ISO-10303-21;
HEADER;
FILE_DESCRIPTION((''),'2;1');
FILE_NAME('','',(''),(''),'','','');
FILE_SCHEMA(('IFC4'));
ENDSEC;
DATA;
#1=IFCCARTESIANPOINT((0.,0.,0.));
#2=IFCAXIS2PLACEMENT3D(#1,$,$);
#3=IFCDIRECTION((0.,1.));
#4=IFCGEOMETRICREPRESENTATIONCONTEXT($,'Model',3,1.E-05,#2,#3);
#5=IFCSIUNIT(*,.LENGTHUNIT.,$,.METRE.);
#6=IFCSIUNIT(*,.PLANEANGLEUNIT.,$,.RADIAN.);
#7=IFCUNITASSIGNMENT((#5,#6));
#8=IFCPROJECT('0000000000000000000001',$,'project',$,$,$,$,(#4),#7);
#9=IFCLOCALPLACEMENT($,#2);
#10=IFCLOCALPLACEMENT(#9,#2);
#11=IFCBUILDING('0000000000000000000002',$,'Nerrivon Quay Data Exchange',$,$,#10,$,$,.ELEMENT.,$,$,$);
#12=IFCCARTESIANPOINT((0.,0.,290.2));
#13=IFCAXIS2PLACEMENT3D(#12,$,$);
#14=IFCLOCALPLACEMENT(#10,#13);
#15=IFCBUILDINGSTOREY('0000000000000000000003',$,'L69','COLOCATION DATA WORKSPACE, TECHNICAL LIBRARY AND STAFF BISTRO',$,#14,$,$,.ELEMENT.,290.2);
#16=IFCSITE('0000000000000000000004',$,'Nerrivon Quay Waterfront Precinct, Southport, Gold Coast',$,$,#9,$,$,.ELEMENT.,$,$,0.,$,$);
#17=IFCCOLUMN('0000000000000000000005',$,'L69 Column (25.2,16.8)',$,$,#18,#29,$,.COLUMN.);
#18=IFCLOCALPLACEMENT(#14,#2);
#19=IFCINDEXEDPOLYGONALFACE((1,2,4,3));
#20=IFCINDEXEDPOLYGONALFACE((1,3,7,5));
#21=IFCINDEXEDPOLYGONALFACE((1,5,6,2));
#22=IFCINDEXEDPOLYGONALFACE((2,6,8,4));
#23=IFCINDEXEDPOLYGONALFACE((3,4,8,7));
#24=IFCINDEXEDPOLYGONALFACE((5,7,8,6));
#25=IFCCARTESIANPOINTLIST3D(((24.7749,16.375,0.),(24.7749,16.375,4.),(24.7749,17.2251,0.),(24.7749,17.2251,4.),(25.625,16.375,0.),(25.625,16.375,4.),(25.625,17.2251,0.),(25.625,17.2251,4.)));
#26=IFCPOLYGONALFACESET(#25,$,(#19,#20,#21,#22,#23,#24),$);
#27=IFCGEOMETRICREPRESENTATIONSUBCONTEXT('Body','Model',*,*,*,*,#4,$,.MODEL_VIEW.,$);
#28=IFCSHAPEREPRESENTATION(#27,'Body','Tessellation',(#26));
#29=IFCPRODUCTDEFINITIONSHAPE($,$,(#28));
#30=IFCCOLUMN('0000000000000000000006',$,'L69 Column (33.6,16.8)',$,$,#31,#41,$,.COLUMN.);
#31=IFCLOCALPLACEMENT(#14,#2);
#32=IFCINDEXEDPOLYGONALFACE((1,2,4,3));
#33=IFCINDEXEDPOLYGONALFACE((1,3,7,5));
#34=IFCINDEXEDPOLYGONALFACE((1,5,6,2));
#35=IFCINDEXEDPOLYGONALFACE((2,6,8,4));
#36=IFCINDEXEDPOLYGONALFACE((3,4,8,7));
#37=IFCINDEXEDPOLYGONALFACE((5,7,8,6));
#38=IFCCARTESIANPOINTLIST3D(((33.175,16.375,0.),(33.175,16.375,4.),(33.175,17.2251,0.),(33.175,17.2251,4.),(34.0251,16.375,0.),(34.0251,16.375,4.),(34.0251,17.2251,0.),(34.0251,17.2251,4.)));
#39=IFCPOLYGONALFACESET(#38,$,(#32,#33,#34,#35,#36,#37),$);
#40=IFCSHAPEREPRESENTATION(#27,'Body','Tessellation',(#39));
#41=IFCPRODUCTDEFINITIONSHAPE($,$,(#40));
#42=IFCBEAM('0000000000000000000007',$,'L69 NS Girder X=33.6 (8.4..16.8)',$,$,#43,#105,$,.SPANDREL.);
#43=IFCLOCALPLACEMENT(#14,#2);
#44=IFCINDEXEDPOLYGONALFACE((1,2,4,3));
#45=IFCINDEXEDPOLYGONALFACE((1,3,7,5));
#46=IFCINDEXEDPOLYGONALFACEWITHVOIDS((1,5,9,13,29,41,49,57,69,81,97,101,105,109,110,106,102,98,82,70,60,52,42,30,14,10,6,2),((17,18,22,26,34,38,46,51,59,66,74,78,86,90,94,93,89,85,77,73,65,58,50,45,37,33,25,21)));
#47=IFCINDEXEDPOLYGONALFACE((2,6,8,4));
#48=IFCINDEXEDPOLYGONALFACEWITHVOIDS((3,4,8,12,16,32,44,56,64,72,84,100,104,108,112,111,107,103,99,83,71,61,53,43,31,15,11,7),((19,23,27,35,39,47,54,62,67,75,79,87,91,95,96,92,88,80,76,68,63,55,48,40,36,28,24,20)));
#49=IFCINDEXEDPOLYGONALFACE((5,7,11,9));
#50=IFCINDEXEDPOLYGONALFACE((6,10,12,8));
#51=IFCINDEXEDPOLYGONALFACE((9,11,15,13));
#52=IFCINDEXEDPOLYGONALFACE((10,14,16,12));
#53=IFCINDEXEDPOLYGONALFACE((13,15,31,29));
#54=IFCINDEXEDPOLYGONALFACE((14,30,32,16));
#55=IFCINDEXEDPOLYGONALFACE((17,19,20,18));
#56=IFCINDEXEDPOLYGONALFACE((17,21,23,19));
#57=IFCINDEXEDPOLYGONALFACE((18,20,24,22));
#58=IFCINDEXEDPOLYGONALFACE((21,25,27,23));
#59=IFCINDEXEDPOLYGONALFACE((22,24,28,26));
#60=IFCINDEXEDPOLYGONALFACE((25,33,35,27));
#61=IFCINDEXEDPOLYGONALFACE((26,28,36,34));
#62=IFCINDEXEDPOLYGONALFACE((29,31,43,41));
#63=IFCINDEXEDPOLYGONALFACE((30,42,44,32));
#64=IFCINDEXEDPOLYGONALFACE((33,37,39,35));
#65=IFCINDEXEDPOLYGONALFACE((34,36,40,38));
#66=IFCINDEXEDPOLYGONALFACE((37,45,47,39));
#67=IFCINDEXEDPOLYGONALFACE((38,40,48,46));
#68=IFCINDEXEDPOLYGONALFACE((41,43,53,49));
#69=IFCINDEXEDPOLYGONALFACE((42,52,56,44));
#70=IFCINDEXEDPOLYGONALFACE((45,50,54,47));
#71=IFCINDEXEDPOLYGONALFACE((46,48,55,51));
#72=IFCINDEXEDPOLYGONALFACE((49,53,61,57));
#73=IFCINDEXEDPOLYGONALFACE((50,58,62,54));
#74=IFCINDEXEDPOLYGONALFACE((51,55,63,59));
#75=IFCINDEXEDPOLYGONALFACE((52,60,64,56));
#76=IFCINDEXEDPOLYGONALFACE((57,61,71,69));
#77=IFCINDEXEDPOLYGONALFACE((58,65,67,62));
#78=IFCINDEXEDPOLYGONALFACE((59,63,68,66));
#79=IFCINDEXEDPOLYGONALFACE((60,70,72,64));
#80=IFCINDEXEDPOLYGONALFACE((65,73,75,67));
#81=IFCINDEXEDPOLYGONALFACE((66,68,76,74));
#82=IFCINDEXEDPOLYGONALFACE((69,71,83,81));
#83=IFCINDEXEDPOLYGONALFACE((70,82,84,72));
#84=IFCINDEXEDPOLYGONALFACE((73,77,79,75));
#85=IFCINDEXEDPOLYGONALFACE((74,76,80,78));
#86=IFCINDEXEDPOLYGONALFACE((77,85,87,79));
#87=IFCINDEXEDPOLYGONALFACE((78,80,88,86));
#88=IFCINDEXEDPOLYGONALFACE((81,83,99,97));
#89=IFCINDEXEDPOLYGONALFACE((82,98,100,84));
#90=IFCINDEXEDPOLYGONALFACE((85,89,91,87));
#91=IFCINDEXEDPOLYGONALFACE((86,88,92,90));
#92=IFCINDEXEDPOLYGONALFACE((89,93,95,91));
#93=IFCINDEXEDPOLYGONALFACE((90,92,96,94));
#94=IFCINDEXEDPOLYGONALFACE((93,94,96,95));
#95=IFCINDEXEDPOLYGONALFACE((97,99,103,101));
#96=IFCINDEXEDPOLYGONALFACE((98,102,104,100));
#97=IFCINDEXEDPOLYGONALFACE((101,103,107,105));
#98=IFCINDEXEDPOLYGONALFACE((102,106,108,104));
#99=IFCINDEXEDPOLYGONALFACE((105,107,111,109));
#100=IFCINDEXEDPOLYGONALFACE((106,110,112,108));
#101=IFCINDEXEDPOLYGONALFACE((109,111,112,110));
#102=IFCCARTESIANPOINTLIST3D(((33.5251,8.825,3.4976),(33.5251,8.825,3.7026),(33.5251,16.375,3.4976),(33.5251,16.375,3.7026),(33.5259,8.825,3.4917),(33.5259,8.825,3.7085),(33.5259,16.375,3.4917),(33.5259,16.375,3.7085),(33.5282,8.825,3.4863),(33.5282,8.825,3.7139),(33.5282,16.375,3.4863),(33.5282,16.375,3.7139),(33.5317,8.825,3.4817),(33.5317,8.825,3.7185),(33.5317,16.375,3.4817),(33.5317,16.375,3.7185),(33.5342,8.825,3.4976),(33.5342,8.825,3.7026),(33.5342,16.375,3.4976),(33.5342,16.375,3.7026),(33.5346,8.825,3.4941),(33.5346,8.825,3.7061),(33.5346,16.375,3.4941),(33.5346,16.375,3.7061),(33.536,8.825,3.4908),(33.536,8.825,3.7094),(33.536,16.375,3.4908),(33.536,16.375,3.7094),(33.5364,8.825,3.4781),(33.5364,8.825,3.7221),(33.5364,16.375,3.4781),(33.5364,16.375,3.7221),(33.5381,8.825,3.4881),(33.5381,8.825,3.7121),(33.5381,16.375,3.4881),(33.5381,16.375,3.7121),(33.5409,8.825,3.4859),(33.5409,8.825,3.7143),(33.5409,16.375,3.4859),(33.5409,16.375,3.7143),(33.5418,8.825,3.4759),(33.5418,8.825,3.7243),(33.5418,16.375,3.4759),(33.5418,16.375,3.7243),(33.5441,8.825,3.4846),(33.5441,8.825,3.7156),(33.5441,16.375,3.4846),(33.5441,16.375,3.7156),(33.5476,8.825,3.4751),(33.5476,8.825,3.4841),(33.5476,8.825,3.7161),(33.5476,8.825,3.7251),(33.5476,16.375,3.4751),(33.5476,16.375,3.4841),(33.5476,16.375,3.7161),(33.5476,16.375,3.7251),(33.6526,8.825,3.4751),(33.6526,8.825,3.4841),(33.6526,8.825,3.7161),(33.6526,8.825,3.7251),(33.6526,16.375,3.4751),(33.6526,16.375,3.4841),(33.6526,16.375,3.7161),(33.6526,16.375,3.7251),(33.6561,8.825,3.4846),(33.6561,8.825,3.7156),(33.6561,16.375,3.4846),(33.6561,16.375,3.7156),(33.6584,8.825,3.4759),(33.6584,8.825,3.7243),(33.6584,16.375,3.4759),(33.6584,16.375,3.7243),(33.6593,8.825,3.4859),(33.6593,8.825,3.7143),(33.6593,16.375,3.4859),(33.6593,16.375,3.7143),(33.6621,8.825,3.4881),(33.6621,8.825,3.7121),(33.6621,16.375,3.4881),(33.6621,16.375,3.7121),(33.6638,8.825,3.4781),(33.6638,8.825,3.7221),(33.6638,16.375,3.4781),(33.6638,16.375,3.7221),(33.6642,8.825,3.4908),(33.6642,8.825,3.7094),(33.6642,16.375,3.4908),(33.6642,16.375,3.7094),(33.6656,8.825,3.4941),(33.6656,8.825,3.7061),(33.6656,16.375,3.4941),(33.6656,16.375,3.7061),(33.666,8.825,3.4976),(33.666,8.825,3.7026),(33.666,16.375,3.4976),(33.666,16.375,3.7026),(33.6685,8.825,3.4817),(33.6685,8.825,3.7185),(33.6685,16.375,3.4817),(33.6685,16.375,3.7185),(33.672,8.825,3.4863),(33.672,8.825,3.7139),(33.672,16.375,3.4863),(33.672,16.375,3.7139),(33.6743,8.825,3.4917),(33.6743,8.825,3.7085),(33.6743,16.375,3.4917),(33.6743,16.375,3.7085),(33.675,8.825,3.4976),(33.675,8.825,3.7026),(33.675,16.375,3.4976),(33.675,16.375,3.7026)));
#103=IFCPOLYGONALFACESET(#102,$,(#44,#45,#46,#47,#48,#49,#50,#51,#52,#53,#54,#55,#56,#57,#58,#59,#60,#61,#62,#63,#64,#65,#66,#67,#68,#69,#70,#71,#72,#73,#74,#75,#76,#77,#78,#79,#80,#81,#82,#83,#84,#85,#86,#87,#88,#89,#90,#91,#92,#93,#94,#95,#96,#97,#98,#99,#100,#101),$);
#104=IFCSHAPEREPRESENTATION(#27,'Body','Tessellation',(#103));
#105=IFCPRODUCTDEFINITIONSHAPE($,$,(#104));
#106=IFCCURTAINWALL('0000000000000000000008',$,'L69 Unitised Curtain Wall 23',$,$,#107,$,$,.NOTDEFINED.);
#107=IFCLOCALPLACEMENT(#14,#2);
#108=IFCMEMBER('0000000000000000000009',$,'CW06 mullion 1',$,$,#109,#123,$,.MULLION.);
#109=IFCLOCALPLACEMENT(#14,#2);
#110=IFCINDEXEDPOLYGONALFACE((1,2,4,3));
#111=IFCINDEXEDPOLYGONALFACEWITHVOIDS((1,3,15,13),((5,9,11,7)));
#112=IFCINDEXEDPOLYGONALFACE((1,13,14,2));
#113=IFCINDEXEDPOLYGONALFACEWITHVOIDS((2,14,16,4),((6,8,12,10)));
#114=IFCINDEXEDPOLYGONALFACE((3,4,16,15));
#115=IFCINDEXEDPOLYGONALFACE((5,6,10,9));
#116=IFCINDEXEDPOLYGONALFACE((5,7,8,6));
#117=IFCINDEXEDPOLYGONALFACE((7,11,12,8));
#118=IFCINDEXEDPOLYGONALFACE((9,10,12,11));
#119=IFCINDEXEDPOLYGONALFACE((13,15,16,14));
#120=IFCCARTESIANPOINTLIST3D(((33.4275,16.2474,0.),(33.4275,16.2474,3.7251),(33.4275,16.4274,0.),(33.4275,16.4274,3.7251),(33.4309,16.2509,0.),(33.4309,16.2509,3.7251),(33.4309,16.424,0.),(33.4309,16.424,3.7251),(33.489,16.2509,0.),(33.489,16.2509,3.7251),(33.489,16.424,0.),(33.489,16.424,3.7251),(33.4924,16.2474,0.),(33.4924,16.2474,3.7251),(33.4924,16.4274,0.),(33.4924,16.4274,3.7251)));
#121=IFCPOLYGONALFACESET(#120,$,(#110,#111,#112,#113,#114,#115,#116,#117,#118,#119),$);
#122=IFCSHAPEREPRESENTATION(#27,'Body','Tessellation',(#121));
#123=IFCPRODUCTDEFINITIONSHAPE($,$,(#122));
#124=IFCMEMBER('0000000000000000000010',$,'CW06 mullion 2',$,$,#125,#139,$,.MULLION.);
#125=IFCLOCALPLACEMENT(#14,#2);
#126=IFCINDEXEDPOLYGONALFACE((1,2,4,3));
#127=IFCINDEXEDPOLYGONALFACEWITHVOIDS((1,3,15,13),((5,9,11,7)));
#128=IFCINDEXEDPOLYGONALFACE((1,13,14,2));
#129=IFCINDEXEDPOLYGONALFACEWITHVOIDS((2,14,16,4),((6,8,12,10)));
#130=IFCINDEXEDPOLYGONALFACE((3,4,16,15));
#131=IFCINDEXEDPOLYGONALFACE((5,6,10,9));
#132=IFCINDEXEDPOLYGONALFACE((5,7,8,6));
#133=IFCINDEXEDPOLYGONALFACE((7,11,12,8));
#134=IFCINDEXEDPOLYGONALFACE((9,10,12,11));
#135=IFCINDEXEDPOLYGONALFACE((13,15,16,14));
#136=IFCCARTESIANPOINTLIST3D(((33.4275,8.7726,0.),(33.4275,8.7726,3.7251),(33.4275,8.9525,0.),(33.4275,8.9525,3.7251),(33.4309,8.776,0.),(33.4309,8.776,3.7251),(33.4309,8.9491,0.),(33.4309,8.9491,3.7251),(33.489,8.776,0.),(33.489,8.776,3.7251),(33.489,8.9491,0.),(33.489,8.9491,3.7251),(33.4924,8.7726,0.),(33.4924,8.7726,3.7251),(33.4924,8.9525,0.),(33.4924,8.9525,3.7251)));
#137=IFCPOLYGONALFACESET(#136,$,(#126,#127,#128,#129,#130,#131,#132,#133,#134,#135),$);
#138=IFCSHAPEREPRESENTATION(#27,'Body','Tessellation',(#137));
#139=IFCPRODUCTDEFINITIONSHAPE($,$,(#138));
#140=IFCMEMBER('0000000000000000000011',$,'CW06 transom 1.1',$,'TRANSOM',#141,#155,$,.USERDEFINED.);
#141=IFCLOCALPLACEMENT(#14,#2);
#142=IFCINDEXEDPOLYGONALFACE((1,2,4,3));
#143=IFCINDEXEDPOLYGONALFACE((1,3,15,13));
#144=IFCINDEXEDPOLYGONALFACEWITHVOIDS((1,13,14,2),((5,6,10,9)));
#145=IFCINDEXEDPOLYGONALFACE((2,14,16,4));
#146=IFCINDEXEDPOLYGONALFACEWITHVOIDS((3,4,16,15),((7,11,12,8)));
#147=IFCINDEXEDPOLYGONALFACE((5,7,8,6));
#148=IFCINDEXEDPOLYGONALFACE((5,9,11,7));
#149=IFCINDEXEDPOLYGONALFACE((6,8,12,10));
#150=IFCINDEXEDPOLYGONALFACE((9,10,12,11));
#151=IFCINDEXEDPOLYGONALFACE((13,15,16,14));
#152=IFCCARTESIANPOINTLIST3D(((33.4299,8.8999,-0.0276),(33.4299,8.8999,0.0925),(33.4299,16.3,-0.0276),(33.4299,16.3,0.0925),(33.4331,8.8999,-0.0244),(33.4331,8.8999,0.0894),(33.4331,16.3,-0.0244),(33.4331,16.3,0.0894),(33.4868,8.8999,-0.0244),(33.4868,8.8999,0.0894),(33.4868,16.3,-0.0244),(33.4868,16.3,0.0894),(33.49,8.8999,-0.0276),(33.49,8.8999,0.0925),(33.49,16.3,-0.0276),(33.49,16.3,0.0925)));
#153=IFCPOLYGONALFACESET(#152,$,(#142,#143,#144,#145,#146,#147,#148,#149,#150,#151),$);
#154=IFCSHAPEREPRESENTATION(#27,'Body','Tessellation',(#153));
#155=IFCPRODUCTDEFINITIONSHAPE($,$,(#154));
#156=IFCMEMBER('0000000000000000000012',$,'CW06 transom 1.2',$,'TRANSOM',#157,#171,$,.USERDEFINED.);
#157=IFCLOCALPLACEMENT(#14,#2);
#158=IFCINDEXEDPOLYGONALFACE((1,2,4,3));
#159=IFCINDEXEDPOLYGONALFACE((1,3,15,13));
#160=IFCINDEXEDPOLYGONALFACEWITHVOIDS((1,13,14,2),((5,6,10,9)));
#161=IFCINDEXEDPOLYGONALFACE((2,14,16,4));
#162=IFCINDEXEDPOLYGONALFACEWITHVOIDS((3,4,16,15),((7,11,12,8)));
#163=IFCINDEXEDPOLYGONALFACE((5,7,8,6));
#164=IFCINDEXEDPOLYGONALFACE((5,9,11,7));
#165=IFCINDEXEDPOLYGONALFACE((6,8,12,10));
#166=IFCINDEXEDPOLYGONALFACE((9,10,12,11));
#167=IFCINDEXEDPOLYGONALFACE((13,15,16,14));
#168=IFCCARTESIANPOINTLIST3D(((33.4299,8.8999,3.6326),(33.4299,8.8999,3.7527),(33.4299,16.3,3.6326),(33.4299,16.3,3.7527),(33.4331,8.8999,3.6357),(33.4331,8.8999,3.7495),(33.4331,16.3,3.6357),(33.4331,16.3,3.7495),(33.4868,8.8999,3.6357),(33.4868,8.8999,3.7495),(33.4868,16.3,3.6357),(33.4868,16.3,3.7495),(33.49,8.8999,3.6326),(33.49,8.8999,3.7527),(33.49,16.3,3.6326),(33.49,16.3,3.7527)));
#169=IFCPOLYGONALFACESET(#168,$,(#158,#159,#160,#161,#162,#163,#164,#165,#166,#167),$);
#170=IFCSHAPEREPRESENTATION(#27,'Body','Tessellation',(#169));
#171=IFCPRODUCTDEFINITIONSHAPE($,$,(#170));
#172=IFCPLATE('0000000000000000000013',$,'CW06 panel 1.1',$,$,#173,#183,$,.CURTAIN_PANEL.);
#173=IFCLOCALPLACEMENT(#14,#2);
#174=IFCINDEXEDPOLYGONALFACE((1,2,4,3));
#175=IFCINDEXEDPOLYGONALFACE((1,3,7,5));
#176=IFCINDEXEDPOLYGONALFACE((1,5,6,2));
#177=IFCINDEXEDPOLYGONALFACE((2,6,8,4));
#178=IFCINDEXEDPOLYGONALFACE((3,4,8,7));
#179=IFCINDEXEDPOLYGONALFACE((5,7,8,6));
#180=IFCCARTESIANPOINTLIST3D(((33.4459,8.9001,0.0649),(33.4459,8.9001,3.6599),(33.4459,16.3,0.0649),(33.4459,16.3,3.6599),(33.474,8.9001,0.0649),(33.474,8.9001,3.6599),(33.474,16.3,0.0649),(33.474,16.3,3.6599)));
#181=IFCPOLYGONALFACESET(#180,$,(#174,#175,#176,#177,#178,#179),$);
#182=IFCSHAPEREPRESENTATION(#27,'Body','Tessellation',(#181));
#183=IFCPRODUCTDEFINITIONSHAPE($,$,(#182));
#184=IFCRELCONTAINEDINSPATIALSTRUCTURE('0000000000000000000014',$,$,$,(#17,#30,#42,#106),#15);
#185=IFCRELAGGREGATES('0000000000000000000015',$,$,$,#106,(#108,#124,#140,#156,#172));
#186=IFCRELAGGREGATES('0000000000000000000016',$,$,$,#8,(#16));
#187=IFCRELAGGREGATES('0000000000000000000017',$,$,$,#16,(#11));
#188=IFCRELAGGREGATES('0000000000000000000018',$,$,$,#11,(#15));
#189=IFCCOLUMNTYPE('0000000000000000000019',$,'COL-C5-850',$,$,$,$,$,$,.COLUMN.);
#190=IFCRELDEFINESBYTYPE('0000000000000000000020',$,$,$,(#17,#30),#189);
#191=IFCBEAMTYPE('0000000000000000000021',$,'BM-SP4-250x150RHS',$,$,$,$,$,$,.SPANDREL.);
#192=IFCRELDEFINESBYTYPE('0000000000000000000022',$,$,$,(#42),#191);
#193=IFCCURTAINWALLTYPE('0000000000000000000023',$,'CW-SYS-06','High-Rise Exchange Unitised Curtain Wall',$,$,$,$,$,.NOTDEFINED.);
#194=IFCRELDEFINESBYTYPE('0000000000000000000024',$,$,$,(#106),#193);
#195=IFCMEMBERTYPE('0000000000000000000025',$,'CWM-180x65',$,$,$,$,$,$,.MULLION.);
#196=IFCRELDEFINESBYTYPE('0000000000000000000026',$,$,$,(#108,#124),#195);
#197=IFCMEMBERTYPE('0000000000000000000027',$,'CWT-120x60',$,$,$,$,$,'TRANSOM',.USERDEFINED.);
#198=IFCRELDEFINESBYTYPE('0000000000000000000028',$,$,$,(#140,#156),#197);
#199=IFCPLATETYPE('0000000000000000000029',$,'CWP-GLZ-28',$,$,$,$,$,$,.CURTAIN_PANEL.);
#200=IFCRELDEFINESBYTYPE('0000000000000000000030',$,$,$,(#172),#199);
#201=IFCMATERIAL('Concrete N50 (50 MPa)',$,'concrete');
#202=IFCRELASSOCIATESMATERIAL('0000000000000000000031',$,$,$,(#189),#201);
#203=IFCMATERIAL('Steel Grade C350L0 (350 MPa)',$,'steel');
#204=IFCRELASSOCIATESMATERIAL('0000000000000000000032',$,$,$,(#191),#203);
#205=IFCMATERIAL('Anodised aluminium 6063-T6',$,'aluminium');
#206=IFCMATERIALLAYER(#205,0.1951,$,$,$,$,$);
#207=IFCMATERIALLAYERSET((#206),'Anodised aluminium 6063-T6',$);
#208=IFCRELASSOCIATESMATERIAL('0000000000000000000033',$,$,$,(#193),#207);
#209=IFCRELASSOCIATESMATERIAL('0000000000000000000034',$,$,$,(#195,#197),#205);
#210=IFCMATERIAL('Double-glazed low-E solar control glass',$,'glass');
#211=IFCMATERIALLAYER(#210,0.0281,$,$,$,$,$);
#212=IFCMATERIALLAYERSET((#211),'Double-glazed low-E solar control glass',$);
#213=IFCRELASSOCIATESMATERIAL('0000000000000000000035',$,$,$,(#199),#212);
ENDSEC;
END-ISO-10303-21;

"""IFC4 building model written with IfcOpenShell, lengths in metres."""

from ifc_helpers import new_model, si_unit, direction, frame, origin, origin_2d, place, context, subcontext, project, spatial, rectangle, hollow_rectangle, extrude, material, layer, layer_set, material_profile, profile_set, type_object, element, aggregate, save


model = new_model("IFC4")

# Units and contexts
model_context = context("Model", 3, precision=1e-05, world=origin(), true_north=direction((0.0, 1.0)))
body_context = subcontext(model_context, "Body", "Model", "MODEL_VIEW")
ifc_project = project(units=[si_unit("LENGTHUNIT", "METRE"), si_unit("PLANEANGLEUNIT", "RADIAN")], contexts=[model_context])

# Site, building, storey
site_placement = place(None, origin())
site = spatial("IfcSite", under=ifc_project, at=site_placement, Name="Nerrivon Quay Waterfront Precinct, Southport, Gold Coast", CompositionType="ELEMENT", RefElevation=0.0)
building_placement = place(site_placement, origin())
building = spatial("IfcBuilding", under=site, at=building_placement, Name="Nerrivon Quay Data Exchange", CompositionType="ELEMENT")
storey_placement = place(building_placement, frame((0.0, 0.0, 290.2)))
storey = spatial("IfcBuildingStorey", under=building, at=storey_placement, Name="L69", Description="COLOCATION DATA WORKSPACE, TECHNICAL LIBRARY AND STAFF BISTRO", CompositionType="ELEMENT", Elevation=290.2)

# Columns
ifc_material_1 = material(Name="Concrete N50 (50 MPa)", Category="concrete")
ifc_material_profile_1 = material_profile(ifc_material_1, rectangle(XDim=0.8501, YDim=0.8501, at=origin_2d()), Name="RC-COL-850x850")
ifc_profile_set_1 = profile_set([ifc_material_profile_1], Name="Concrete N50 (50 MPa)")
column_type = type_object("IfcColumnType", Name="COL-C5-850", PredefinedType="COLUMN", material=ifc_profile_set_1)
for number, where, z_axis, x_axis, name in (
    (1, (25.2, 16.8, 0.0), (0.0, 0.0, 1.0), (1.0, 0.0, 0.0), "L69 Column (25.2,16.8)"),
    (2, (33.6001, 16.8, 0.0), (0.0, 0.0, 1.0), (1.0, 0.0, 0.0), "L69 Column (33.6,16.8)"),
):
    element("IfcColumn", number, at=place(storey_placement, frame(where, z_axis=z_axis, x_axis=x_axis)), inside=storey, type_object=column_type, Name=name, PredefinedType="COLUMN", context=body_context, shape_type="SweptSolid", body=[
        extrude(rectangle(XDim=0.8501, YDim=0.8501, at=origin_2d()), origin(), (0.0, 0.0, 1.0), 4.0),
    ])

# Beam
ifc_material_2 = material(Name="Steel Grade C350L0 (350 MPa)", Category="steel")
ifc_material_profile_2 = material_profile(ifc_material_2, hollow_rectangle(XDim=0.1499, YDim=0.25, WallThickness=0.009, InnerFilletRadius=0.0134, OuterFilletRadius=0.0225, at=origin_2d()), Name="250x150x9.0RHS")
ifc_profile_set_2 = profile_set([ifc_material_profile_2], Name="Steel Grade C350L0 (350 MPa)")
beam_type = type_object("IfcBeamType", Name="BM-SP4-250x150RHS", PredefinedType="SPANDREL", material=ifc_profile_set_2)
beam_placement = place(storey_placement, frame((33.6001, 8.825, 3.6001), z_axis=(0.0, 1.0, 0.0), x_axis=(-1.0, 0.0, 0.0)))
element("IfcBeam", 3, at=beam_placement, inside=storey, type_object=beam_type, Name="L69 NS Girder X=33.6 (8.4..16.8)", PredefinedType="SPANDREL", context=body_context, shape_type="SweptSolid", body=[
    extrude(hollow_rectangle(XDim=0.1499, YDim=0.25, WallThickness=0.009, InnerFilletRadius=0.0134, OuterFilletRadius=0.0225, at=origin_2d()), origin(), (0.0, 0.0, 1.0), 7.55),
])

# Curtain wall, members, plate
ifc_material_3 = material(Name="Anodised aluminium 6063-T6", Category="aluminium")
ifc_layer_1 = layer(ifc_material_3, 0.1951)
ifc_layer_set_1 = layer_set([ifc_layer_1], Name="Anodised aluminium 6063-T6")
curtain_wall_type = type_object("IfcCurtainWallType", Name="CW-SYS-06", Description="High-Rise Exchange Unitised Curtain Wall", PredefinedType="NOTDEFINED", material=ifc_layer_set_1)
curtain_wall_placement = place(storey_placement, origin())
curtain_wall = element("IfcCurtainWall", 4, at=curtain_wall_placement, inside=storey, type_object=curtain_wall_type, Name="L69 Unitised Curtain Wall 23", PredefinedType="NOTDEFINED")
ifc_material_profile_3 = material_profile(ifc_material_3, hollow_rectangle(XDim=0.0649, YDim=0.1799, WallThickness=0.0034, at=origin_2d()), Name="ALU-MULL-180x65")
ifc_profile_set_3 = profile_set([ifc_material_profile_3], Name="Anodised aluminium 6063-T6")
member_type_1 = type_object("IfcMemberType", Name="CWM-180x65", PredefinedType="MULLION", material=ifc_profile_set_3)
member_1_placement = place(storey_placement, frame((33.46, 16.3374, 0.0), z_axis=(0.0, 0.0, 1.0), x_axis=(1.0, 0.0, 0.0)))
member_1 = element("IfcMember", 5, at=member_1_placement, type_object=member_type_1, Name="CW06 mullion 1", PredefinedType="MULLION", context=body_context, shape_type="SweptSolid", body=[
    extrude(hollow_rectangle(XDim=0.0649, YDim=0.1799, WallThickness=0.0034, at=origin_2d()), origin(), (0.0, 0.0, 1.0), 3.7251),
])
member_2_placement = place(storey_placement, frame((33.46, 8.8625, 0.0), z_axis=(0.0, 0.0, 1.0), x_axis=(1.0, 0.0, 0.0)))
member_2 = element("IfcMember", 6, at=member_2_placement, type_object=member_type_1, Name="CW06 mullion 2", PredefinedType="MULLION", context=body_context, shape_type="SweptSolid", body=[
    extrude(hollow_rectangle(XDim=0.0649, YDim=0.1799, WallThickness=0.0034, at=origin_2d()), origin(), (0.0, 0.0, 1.0), 3.7251),
])
ifc_material_profile_4 = material_profile(ifc_material_3, hollow_rectangle(XDim=0.0601, YDim=0.1201, WallThickness=0.0032, at=origin_2d()), Name="ALU-TRAN-120x60")
ifc_profile_set_4 = profile_set([ifc_material_profile_4], Name="Anodised aluminium 6063-T6")
member_type_2 = type_object("IfcMemberType", Name="CWT-120x60", ElementType="TRANSOM", PredefinedType="USERDEFINED", material=ifc_profile_set_4)
member_3_placement = place(storey_placement, frame((33.46, 16.3, 0.0325), z_axis=(0.0, -1.0, 0.0), x_axis=(1.0, 0.0, 0.0)))
member_3 = element("IfcMember", 7, at=member_3_placement, type_object=member_type_2, Name="CW06 transom 1.1", ObjectType="TRANSOM", PredefinedType="USERDEFINED", context=body_context, shape_type="SweptSolid", body=[
    extrude(hollow_rectangle(XDim=0.0601, YDim=0.1201, WallThickness=0.0032, at=origin_2d()), origin(), (0.0, 0.0, 1.0), 7.4001),
])
member_4_placement = place(storey_placement, frame((33.46, 16.3, 3.6926), z_axis=(0.0, -1.0, 0.0), x_axis=(1.0, 0.0, 0.0)))
member_4 = element("IfcMember", 8, at=member_4_placement, type_object=member_type_2, Name="CW06 transom 1.2", ObjectType="TRANSOM", PredefinedType="USERDEFINED", context=body_context, shape_type="SweptSolid", body=[
    extrude(hollow_rectangle(XDim=0.0601, YDim=0.1201, WallThickness=0.0032, at=origin_2d()), origin(), (0.0, 0.0, 1.0), 7.4001),
])
ifc_material_4 = material(Name="Double-glazed low-E solar control glass", Category="glass")
ifc_layer_2 = layer(ifc_material_4, 0.0281)
ifc_layer_set_2 = layer_set([ifc_layer_2], Name="Double-glazed low-E solar control glass")
plate_type = type_object("IfcPlateType", Name="CWP-GLZ-28", PredefinedType="CURTAIN_PANEL", material=ifc_layer_set_2)
plate_placement = place(storey_placement, frame((33.46, 12.6001, 0.0649), z_axis=(0.0, 0.0, 1.0), x_axis=(0.0, -1.0, 0.0)))
plate = element("IfcPlate", 9, at=plate_placement, type_object=plate_type, Name="CW06 panel 1.1", PredefinedType="CURTAIN_PANEL", context=body_context, shape_type="SweptSolid", body=[
    extrude(rectangle(XDim=7.3999, YDim=0.0281, at=origin_2d()), origin(), (0.0, 0.0, 1.0), 3.595),
])
aggregate(curtain_wall, [member_1, member_2, member_3, member_4, plate])

save(model, "model.ifc")
